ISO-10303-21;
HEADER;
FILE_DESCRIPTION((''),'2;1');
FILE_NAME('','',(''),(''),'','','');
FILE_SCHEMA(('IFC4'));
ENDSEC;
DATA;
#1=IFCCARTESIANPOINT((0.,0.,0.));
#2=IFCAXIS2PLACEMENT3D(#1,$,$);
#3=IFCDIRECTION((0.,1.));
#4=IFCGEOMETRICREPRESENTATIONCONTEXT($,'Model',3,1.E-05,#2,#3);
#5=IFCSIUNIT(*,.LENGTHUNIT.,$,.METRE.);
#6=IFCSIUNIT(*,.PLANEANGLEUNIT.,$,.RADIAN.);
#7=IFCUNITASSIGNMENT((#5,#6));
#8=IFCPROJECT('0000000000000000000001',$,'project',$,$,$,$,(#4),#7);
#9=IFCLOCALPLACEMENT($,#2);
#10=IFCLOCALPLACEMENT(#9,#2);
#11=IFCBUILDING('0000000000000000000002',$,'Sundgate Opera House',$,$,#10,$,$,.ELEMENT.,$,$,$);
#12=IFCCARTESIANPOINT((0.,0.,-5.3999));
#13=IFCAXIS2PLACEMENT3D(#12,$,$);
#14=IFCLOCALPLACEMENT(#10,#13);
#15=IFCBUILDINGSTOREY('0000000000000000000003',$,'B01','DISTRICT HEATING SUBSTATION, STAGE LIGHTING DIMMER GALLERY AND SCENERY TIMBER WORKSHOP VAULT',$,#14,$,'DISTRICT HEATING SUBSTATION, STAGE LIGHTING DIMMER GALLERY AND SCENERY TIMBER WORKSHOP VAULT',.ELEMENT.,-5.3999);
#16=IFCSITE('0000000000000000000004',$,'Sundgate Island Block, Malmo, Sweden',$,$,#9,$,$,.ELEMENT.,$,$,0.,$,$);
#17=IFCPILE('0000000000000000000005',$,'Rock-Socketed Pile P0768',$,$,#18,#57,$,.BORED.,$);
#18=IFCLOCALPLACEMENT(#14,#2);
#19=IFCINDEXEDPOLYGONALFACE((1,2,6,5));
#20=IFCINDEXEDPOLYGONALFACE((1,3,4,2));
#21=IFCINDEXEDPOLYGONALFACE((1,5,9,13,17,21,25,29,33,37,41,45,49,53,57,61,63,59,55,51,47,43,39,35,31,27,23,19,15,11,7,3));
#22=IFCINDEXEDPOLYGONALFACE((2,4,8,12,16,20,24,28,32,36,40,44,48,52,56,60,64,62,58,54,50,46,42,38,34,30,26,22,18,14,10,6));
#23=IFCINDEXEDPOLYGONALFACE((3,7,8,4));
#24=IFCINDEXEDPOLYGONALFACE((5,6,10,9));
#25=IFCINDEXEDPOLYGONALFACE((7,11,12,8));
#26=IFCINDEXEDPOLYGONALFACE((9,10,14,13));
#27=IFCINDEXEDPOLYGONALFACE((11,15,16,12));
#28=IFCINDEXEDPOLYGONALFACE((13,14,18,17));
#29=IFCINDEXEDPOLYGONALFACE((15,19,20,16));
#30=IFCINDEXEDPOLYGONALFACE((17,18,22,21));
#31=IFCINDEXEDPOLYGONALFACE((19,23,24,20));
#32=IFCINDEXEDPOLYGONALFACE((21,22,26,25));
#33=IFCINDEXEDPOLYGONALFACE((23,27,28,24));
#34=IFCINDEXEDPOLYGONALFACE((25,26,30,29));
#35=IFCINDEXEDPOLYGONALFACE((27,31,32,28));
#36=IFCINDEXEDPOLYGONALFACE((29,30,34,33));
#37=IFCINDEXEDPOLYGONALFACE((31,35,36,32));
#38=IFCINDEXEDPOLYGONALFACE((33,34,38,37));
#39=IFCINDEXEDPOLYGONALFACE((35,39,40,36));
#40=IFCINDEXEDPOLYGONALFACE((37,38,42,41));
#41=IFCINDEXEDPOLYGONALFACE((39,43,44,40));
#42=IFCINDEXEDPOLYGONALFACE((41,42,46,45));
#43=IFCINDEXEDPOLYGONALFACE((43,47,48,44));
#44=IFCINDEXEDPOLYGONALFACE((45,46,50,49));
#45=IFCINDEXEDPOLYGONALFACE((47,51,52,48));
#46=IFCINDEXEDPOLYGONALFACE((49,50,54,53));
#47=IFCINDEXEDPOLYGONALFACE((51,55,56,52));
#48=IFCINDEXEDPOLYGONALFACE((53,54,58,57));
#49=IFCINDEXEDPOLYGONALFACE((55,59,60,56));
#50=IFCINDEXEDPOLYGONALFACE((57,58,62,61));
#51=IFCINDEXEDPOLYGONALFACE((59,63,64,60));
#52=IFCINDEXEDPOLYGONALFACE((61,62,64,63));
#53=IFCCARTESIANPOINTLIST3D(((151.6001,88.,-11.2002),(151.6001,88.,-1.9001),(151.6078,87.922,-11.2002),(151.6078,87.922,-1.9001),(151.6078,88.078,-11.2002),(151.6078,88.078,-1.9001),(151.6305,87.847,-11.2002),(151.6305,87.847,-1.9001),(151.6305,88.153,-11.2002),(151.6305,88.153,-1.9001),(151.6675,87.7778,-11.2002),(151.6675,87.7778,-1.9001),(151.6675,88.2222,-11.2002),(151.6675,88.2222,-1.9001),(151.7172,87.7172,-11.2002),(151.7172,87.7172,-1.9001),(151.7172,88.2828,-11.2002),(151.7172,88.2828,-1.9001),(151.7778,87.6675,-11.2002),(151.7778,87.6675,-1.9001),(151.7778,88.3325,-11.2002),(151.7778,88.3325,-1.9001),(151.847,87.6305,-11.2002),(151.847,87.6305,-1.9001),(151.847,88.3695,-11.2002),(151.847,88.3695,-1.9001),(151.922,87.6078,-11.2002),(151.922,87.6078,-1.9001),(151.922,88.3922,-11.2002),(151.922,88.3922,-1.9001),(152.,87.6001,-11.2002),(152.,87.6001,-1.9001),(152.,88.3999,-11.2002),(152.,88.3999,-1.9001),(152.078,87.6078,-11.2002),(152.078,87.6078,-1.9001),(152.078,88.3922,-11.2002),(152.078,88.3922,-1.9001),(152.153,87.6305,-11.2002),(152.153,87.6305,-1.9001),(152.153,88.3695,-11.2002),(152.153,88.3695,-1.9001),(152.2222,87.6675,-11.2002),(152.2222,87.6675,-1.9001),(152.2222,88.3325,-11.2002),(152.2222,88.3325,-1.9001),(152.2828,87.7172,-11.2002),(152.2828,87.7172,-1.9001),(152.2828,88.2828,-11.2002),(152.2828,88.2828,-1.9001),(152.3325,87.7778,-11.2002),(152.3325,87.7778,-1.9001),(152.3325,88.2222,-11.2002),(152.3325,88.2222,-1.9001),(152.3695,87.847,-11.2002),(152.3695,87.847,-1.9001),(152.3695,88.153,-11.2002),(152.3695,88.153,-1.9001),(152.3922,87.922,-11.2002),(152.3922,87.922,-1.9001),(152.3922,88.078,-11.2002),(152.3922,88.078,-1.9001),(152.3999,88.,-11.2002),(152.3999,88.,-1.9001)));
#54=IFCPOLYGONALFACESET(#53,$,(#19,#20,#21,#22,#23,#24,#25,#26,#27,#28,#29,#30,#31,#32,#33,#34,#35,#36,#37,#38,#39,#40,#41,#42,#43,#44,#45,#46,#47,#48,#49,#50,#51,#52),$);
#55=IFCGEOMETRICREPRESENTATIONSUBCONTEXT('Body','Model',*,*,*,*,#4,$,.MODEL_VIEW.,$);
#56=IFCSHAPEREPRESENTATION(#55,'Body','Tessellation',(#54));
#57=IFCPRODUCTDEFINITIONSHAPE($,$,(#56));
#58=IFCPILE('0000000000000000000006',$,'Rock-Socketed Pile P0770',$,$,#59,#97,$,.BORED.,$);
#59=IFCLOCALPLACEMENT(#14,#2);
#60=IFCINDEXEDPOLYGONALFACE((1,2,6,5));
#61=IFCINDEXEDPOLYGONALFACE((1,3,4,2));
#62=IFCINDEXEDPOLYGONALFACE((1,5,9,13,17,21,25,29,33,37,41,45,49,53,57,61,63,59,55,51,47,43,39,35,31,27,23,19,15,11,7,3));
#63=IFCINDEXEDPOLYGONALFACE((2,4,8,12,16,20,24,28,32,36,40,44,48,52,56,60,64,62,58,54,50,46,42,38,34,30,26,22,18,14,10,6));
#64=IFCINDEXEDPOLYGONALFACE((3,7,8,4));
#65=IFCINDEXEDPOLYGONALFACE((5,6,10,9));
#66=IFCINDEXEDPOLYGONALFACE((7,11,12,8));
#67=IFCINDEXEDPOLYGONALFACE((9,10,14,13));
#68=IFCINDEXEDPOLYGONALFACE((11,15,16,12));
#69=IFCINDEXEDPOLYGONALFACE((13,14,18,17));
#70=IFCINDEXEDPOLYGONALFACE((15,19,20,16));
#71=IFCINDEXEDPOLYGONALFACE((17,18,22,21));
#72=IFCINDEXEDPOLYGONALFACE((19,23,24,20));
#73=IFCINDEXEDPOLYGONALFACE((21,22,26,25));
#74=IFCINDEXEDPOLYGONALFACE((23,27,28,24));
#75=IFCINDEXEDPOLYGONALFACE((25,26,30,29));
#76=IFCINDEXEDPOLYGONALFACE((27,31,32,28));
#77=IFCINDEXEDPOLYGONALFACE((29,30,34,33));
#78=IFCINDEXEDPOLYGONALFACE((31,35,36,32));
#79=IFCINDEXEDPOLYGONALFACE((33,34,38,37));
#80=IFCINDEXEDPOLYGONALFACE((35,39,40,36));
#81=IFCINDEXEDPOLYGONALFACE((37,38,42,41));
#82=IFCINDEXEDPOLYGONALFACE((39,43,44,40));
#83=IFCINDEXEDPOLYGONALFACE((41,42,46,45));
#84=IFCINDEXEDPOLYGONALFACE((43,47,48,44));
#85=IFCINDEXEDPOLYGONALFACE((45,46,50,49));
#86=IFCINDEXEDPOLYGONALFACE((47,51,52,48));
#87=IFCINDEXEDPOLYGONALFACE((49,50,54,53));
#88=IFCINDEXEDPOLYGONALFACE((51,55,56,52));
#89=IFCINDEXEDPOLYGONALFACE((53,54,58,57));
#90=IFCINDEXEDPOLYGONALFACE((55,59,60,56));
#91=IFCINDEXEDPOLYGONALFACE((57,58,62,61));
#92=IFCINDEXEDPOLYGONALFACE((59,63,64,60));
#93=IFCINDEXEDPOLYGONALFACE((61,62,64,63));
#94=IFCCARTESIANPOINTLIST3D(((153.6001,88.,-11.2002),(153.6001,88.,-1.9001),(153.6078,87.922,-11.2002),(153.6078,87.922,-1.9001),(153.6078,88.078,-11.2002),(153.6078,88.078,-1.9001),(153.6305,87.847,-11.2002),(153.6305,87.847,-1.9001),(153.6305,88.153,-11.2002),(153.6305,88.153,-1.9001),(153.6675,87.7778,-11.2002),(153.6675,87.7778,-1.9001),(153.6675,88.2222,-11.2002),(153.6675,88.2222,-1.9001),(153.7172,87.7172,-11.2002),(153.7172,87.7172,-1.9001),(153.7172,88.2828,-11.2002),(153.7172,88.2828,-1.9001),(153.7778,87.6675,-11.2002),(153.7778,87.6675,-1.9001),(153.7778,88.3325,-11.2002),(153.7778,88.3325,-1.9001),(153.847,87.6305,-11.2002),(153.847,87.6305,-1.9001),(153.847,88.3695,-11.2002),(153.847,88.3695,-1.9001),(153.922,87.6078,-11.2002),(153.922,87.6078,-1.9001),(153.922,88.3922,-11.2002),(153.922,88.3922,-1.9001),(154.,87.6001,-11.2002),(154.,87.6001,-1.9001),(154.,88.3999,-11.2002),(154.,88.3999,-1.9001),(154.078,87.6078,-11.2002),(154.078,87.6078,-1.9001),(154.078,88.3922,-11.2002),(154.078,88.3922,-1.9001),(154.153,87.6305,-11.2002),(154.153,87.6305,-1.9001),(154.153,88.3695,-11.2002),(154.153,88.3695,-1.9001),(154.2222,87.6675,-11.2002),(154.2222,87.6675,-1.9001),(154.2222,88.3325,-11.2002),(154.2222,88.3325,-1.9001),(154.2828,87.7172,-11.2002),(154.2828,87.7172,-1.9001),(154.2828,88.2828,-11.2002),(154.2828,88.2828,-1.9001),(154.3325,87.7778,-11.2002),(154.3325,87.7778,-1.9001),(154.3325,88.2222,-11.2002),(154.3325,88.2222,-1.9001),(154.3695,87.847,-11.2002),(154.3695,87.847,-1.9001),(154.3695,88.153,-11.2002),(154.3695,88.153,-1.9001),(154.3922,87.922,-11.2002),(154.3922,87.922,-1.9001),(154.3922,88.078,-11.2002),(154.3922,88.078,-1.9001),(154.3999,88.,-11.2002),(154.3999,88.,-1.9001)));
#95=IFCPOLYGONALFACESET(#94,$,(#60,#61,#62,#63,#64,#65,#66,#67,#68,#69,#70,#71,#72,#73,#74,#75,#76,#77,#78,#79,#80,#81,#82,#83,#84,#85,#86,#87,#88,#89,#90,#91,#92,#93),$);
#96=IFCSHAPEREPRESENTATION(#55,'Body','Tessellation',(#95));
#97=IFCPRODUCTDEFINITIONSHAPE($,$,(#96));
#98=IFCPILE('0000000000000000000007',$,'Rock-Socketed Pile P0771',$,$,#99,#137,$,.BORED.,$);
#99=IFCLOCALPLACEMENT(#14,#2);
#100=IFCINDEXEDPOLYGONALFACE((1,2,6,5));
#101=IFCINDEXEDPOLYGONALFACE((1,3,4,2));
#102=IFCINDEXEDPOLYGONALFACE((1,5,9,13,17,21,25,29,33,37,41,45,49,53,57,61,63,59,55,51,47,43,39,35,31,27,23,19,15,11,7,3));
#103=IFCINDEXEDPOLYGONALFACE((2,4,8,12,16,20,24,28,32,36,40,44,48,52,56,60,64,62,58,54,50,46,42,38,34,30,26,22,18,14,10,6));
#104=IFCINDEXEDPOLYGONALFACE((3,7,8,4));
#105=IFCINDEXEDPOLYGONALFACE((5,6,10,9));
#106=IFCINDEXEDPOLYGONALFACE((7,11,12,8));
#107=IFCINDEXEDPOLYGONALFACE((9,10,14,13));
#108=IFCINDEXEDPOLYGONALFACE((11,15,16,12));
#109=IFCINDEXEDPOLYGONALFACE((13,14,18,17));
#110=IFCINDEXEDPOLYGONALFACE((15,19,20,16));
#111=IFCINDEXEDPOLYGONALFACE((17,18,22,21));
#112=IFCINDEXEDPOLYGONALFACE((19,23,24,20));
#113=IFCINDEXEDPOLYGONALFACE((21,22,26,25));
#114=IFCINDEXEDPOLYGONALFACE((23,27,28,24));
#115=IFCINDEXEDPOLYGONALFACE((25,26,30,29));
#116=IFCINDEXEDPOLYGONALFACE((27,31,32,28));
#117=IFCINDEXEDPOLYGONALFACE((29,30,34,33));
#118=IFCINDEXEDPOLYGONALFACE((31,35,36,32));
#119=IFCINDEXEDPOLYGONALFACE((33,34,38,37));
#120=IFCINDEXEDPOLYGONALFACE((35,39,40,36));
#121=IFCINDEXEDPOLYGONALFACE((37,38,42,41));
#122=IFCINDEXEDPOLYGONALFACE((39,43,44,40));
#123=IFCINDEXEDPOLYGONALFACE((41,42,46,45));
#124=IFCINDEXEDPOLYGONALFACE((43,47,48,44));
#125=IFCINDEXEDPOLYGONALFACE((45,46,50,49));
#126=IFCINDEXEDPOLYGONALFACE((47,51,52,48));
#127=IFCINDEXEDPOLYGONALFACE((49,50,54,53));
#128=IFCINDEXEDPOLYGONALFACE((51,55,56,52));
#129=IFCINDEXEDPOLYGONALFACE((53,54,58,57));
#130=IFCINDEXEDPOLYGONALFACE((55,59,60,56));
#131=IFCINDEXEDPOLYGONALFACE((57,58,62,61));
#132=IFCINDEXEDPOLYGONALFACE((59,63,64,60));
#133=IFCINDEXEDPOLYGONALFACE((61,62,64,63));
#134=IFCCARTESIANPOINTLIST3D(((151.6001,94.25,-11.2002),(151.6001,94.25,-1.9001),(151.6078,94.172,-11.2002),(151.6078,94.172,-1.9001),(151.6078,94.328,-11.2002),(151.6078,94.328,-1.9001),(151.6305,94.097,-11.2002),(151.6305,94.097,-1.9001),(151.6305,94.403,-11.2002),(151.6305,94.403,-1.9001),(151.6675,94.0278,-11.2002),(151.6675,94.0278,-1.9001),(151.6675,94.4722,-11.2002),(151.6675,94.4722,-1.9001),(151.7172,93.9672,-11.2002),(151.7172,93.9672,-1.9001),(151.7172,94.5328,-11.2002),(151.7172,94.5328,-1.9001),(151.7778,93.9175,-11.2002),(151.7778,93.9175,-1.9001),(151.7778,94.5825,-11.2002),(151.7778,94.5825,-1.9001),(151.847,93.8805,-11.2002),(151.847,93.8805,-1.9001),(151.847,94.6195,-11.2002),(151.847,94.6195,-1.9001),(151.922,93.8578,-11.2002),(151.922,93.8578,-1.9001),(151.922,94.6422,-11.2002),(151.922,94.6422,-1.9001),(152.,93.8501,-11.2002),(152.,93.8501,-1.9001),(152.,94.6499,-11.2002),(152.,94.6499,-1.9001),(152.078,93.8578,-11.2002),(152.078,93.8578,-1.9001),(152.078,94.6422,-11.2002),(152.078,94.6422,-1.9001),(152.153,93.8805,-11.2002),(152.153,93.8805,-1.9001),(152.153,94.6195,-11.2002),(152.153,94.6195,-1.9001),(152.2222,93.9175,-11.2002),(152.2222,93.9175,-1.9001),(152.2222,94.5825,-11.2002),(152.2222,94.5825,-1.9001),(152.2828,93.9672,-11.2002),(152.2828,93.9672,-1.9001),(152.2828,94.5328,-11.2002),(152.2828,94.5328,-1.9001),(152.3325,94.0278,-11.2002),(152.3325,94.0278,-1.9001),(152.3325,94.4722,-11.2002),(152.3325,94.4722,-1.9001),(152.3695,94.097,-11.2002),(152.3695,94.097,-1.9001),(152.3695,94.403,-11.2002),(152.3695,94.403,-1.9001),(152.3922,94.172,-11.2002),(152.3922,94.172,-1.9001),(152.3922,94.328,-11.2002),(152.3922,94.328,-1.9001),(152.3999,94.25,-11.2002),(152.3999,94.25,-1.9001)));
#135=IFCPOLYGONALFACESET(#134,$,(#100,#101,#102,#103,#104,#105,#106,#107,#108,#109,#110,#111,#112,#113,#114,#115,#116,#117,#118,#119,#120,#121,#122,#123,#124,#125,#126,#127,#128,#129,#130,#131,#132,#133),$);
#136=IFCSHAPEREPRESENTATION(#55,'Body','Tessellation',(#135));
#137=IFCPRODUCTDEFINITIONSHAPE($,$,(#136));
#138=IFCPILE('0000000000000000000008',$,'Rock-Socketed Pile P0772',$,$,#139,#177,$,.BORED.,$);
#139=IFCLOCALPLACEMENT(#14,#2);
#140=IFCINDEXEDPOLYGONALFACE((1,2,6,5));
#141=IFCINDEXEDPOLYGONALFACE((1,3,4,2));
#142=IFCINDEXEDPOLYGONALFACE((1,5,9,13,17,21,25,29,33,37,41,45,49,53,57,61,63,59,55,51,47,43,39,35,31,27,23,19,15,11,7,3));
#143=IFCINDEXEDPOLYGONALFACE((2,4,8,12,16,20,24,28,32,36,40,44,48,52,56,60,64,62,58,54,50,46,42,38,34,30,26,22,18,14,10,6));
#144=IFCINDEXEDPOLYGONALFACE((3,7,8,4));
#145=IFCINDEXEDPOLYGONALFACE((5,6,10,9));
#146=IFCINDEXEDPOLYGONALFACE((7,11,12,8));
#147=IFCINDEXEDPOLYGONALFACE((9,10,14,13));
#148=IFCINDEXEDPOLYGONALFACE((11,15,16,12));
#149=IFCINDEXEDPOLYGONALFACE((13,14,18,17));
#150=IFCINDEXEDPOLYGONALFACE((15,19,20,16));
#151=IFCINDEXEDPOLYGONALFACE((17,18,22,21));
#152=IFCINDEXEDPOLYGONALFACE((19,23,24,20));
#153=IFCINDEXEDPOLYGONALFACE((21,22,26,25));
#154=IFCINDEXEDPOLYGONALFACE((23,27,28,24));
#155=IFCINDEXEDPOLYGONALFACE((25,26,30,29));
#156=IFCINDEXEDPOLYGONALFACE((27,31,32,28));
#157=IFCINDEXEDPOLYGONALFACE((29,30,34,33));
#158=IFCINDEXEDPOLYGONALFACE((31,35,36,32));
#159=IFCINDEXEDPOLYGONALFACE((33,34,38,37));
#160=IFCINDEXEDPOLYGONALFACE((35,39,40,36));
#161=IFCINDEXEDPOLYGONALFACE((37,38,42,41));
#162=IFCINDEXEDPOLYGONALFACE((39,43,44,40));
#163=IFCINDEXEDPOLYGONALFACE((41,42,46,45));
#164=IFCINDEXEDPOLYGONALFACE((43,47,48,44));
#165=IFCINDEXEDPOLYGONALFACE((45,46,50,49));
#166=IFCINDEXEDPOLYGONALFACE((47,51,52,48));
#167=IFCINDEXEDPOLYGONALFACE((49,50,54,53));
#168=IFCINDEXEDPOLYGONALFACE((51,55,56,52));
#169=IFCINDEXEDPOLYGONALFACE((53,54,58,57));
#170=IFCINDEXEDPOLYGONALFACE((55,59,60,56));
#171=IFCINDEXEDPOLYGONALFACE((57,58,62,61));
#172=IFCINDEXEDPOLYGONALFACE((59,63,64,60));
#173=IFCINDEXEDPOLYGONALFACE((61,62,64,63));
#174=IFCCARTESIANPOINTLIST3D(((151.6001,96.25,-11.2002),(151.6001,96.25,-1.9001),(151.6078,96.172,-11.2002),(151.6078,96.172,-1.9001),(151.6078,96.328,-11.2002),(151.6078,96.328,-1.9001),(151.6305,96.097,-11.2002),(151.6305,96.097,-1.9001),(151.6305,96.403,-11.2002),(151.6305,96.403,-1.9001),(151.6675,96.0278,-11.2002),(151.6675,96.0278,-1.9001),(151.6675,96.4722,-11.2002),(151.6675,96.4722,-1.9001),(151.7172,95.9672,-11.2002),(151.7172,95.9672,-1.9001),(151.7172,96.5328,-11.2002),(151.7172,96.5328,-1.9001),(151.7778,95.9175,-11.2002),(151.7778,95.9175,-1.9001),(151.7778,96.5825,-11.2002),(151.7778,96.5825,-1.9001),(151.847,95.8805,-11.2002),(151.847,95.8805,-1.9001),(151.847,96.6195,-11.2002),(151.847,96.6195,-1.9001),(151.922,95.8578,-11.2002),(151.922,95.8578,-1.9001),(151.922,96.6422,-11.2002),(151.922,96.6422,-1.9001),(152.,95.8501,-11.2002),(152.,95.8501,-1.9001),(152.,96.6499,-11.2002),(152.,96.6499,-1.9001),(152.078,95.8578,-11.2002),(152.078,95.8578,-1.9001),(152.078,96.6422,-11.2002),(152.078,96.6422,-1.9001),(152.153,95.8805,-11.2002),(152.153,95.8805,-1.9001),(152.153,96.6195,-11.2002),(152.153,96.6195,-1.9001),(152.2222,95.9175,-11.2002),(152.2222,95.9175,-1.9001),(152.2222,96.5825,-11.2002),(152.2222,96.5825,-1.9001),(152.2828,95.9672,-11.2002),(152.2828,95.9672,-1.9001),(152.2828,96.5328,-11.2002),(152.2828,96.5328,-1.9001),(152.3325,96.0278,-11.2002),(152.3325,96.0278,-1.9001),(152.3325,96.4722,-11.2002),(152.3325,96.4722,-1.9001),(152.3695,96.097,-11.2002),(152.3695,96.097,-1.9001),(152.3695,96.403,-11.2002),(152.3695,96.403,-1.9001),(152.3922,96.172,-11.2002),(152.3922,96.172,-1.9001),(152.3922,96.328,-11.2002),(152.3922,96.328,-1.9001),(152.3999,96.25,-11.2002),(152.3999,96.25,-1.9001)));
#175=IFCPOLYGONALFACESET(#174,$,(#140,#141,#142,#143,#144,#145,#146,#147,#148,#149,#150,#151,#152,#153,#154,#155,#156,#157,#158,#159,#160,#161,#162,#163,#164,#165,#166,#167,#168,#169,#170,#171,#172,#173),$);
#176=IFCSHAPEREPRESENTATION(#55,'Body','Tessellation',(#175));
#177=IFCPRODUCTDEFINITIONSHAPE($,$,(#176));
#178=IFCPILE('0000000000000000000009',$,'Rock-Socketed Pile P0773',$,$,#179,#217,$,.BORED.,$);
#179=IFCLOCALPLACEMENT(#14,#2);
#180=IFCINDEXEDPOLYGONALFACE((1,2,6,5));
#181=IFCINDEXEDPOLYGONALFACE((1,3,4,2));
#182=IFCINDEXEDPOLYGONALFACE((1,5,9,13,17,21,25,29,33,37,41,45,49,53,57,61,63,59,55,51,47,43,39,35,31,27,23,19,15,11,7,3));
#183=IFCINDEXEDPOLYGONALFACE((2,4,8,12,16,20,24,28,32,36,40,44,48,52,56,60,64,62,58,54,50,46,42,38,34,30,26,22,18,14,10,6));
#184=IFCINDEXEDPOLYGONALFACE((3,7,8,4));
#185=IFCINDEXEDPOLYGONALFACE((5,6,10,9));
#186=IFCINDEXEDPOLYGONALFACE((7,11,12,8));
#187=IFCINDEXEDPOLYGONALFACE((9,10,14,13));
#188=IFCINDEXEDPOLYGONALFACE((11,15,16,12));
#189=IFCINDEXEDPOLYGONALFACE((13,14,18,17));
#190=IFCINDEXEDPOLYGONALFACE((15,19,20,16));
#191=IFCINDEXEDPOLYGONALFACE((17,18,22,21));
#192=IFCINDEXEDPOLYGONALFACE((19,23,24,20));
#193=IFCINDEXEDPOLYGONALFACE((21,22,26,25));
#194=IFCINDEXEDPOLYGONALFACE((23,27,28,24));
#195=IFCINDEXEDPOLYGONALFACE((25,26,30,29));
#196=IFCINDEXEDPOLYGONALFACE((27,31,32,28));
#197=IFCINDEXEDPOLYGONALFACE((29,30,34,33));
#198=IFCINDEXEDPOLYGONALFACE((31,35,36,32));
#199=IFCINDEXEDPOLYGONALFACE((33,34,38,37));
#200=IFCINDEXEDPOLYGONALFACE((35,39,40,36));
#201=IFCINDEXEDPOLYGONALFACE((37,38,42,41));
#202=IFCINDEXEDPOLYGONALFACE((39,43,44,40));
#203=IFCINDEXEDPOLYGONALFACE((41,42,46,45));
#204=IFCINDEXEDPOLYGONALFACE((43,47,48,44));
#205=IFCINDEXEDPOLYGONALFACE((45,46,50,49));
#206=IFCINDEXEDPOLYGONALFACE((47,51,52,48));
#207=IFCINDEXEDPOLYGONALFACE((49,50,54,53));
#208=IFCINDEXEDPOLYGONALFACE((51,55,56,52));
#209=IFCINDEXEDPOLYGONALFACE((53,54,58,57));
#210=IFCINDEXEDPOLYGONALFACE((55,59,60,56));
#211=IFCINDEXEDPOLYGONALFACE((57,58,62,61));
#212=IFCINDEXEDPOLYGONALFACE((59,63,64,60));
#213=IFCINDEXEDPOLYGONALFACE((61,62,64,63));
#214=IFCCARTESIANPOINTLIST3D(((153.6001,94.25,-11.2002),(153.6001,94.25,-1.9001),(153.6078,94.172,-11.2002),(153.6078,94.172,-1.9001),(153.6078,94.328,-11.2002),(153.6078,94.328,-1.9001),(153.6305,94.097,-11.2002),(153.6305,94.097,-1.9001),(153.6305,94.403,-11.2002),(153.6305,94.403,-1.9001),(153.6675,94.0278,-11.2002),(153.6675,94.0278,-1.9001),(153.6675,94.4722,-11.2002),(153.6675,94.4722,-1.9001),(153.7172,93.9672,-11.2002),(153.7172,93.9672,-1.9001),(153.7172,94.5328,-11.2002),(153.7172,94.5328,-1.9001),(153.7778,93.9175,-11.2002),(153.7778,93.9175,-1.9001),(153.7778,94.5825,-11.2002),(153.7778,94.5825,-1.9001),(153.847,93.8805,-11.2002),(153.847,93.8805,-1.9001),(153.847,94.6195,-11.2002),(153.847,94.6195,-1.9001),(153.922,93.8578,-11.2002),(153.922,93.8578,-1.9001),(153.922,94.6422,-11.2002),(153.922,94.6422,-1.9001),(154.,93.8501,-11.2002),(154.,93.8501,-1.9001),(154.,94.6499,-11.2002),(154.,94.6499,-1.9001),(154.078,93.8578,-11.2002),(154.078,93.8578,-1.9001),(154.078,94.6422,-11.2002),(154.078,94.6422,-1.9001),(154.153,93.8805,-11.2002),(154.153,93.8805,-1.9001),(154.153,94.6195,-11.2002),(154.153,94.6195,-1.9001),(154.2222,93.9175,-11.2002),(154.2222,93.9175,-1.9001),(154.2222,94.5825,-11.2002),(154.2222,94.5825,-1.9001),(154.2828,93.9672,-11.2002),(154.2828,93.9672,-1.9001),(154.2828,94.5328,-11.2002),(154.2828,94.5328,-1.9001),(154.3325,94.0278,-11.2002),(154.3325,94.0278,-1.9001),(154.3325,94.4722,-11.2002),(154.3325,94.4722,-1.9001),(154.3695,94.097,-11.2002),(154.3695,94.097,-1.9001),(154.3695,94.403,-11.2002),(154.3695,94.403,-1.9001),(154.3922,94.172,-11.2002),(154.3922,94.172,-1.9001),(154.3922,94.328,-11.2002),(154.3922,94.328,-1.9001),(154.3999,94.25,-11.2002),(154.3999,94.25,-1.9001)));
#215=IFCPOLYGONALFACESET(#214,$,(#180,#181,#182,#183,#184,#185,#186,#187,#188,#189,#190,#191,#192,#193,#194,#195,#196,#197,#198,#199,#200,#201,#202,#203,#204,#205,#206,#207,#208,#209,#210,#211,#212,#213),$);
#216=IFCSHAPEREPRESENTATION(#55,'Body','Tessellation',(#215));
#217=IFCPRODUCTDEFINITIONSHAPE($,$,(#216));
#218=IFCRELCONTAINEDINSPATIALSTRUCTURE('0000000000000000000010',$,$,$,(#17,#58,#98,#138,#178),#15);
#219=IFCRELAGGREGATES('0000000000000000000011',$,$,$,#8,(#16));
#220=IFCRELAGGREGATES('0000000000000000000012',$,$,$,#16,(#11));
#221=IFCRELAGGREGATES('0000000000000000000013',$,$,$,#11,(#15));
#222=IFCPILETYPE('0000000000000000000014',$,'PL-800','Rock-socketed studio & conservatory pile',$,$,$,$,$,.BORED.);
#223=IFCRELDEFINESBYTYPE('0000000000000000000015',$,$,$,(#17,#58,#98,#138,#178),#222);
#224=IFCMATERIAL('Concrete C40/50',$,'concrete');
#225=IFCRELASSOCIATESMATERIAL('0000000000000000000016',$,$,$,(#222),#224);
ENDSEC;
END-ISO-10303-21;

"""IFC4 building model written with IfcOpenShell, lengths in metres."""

from ifc_helpers import new_model, si_unit, direction, frame, origin, origin_2d, place, context, subcontext, project, spatial, circle, extrude, material, material_profile, profile_set, type_object, element, save


model = new_model("IFC4")

# Units and contexts
model_context = context("Model", 3, precision=1e-05, world=origin(), true_north=direction((0.0, 1.0)))
body_context = subcontext(model_context, "Body", "Model", "MODEL_VIEW")
ifc_project = project(units=[si_unit("LENGTHUNIT", "METRE"), si_unit("PLANEANGLEUNIT", "RADIAN")], contexts=[model_context])

# Site, building, storey
site_placement = place(None, origin())
site = spatial("IfcSite", under=ifc_project, at=site_placement, Name="Sundgate Island Block, Malmo, Sweden", CompositionType="ELEMENT", RefElevation=0.0)
building_placement = place(site_placement, origin())
building = spatial("IfcBuilding", under=site, at=building_placement, Name="Sundgate Opera House", CompositionType="ELEMENT")
storey_placement = place(building_placement, frame((0.0, 0.0, -5.3999)))
storey = spatial("IfcBuildingStorey", under=building, at=storey_placement, Name="B01", Description="DISTRICT HEATING SUBSTATION, STAGE LIGHTING DIMMER GALLERY AND SCENERY TIMBER WORKSHOP VAULT", LongName="DISTRICT HEATING SUBSTATION, STAGE LIGHTING DIMMER GALLERY AND SCENERY TIMBER WORKSHOP VAULT", CompositionType="ELEMENT", Elevation=-5.3999)

# Piles
ifc_material_1 = material(Name="Concrete C40/50", Category="concrete")
ifc_material_profile_1 = material_profile(ifc_material_1, circle(Radius=0.3999, at=origin_2d()), Name="PILE D800")
ifc_profile_set_1 = profile_set([ifc_material_profile_1], Name="Concrete C40/50")
pile_type = type_object("IfcPileType", Name="PL-800", Description="Rock-socketed studio & conservatory pile", PredefinedType="BORED", material=ifc_profile_set_1)
for number, where, z_axis, x_axis, name in (
    (1, (152.0, 88.0, -1.9001), (0.0, 0.0, -1.0), (1.0, 0.0, 0.0), "Rock-Socketed Pile P0768"),
    (2, (154.0, 88.0, -1.9001), (0.0, 0.0, -1.0), (1.0, 0.0, 0.0), "Rock-Socketed Pile P0770"),
    (3, (152.0, 94.25, -1.9001), (0.0, 0.0, -1.0), (1.0, 0.0, 0.0), "Rock-Socketed Pile P0771"),
    (4, (152.0, 96.25, -1.9001), (0.0, 0.0, -1.0), (1.0, 0.0, 0.0), "Rock-Socketed Pile P0772"),
    (5, (154.0, 94.25, -1.9001), (0.0, 0.0, -1.0), (1.0, 0.0, 0.0), "Rock-Socketed Pile P0773"),
):
    element("IfcPile", number, at=place(storey_placement, frame(where, z_axis=z_axis, x_axis=x_axis)), inside=storey, type_object=pile_type, Name=name, PredefinedType="BORED", context=body_context, shape_type="SweptSolid", body=[
        extrude(circle(Radius=0.3999, at=origin_2d()), origin(), (0.0, 0.0, 1.0), 9.3),
    ])

save(model, "model.ifc")
